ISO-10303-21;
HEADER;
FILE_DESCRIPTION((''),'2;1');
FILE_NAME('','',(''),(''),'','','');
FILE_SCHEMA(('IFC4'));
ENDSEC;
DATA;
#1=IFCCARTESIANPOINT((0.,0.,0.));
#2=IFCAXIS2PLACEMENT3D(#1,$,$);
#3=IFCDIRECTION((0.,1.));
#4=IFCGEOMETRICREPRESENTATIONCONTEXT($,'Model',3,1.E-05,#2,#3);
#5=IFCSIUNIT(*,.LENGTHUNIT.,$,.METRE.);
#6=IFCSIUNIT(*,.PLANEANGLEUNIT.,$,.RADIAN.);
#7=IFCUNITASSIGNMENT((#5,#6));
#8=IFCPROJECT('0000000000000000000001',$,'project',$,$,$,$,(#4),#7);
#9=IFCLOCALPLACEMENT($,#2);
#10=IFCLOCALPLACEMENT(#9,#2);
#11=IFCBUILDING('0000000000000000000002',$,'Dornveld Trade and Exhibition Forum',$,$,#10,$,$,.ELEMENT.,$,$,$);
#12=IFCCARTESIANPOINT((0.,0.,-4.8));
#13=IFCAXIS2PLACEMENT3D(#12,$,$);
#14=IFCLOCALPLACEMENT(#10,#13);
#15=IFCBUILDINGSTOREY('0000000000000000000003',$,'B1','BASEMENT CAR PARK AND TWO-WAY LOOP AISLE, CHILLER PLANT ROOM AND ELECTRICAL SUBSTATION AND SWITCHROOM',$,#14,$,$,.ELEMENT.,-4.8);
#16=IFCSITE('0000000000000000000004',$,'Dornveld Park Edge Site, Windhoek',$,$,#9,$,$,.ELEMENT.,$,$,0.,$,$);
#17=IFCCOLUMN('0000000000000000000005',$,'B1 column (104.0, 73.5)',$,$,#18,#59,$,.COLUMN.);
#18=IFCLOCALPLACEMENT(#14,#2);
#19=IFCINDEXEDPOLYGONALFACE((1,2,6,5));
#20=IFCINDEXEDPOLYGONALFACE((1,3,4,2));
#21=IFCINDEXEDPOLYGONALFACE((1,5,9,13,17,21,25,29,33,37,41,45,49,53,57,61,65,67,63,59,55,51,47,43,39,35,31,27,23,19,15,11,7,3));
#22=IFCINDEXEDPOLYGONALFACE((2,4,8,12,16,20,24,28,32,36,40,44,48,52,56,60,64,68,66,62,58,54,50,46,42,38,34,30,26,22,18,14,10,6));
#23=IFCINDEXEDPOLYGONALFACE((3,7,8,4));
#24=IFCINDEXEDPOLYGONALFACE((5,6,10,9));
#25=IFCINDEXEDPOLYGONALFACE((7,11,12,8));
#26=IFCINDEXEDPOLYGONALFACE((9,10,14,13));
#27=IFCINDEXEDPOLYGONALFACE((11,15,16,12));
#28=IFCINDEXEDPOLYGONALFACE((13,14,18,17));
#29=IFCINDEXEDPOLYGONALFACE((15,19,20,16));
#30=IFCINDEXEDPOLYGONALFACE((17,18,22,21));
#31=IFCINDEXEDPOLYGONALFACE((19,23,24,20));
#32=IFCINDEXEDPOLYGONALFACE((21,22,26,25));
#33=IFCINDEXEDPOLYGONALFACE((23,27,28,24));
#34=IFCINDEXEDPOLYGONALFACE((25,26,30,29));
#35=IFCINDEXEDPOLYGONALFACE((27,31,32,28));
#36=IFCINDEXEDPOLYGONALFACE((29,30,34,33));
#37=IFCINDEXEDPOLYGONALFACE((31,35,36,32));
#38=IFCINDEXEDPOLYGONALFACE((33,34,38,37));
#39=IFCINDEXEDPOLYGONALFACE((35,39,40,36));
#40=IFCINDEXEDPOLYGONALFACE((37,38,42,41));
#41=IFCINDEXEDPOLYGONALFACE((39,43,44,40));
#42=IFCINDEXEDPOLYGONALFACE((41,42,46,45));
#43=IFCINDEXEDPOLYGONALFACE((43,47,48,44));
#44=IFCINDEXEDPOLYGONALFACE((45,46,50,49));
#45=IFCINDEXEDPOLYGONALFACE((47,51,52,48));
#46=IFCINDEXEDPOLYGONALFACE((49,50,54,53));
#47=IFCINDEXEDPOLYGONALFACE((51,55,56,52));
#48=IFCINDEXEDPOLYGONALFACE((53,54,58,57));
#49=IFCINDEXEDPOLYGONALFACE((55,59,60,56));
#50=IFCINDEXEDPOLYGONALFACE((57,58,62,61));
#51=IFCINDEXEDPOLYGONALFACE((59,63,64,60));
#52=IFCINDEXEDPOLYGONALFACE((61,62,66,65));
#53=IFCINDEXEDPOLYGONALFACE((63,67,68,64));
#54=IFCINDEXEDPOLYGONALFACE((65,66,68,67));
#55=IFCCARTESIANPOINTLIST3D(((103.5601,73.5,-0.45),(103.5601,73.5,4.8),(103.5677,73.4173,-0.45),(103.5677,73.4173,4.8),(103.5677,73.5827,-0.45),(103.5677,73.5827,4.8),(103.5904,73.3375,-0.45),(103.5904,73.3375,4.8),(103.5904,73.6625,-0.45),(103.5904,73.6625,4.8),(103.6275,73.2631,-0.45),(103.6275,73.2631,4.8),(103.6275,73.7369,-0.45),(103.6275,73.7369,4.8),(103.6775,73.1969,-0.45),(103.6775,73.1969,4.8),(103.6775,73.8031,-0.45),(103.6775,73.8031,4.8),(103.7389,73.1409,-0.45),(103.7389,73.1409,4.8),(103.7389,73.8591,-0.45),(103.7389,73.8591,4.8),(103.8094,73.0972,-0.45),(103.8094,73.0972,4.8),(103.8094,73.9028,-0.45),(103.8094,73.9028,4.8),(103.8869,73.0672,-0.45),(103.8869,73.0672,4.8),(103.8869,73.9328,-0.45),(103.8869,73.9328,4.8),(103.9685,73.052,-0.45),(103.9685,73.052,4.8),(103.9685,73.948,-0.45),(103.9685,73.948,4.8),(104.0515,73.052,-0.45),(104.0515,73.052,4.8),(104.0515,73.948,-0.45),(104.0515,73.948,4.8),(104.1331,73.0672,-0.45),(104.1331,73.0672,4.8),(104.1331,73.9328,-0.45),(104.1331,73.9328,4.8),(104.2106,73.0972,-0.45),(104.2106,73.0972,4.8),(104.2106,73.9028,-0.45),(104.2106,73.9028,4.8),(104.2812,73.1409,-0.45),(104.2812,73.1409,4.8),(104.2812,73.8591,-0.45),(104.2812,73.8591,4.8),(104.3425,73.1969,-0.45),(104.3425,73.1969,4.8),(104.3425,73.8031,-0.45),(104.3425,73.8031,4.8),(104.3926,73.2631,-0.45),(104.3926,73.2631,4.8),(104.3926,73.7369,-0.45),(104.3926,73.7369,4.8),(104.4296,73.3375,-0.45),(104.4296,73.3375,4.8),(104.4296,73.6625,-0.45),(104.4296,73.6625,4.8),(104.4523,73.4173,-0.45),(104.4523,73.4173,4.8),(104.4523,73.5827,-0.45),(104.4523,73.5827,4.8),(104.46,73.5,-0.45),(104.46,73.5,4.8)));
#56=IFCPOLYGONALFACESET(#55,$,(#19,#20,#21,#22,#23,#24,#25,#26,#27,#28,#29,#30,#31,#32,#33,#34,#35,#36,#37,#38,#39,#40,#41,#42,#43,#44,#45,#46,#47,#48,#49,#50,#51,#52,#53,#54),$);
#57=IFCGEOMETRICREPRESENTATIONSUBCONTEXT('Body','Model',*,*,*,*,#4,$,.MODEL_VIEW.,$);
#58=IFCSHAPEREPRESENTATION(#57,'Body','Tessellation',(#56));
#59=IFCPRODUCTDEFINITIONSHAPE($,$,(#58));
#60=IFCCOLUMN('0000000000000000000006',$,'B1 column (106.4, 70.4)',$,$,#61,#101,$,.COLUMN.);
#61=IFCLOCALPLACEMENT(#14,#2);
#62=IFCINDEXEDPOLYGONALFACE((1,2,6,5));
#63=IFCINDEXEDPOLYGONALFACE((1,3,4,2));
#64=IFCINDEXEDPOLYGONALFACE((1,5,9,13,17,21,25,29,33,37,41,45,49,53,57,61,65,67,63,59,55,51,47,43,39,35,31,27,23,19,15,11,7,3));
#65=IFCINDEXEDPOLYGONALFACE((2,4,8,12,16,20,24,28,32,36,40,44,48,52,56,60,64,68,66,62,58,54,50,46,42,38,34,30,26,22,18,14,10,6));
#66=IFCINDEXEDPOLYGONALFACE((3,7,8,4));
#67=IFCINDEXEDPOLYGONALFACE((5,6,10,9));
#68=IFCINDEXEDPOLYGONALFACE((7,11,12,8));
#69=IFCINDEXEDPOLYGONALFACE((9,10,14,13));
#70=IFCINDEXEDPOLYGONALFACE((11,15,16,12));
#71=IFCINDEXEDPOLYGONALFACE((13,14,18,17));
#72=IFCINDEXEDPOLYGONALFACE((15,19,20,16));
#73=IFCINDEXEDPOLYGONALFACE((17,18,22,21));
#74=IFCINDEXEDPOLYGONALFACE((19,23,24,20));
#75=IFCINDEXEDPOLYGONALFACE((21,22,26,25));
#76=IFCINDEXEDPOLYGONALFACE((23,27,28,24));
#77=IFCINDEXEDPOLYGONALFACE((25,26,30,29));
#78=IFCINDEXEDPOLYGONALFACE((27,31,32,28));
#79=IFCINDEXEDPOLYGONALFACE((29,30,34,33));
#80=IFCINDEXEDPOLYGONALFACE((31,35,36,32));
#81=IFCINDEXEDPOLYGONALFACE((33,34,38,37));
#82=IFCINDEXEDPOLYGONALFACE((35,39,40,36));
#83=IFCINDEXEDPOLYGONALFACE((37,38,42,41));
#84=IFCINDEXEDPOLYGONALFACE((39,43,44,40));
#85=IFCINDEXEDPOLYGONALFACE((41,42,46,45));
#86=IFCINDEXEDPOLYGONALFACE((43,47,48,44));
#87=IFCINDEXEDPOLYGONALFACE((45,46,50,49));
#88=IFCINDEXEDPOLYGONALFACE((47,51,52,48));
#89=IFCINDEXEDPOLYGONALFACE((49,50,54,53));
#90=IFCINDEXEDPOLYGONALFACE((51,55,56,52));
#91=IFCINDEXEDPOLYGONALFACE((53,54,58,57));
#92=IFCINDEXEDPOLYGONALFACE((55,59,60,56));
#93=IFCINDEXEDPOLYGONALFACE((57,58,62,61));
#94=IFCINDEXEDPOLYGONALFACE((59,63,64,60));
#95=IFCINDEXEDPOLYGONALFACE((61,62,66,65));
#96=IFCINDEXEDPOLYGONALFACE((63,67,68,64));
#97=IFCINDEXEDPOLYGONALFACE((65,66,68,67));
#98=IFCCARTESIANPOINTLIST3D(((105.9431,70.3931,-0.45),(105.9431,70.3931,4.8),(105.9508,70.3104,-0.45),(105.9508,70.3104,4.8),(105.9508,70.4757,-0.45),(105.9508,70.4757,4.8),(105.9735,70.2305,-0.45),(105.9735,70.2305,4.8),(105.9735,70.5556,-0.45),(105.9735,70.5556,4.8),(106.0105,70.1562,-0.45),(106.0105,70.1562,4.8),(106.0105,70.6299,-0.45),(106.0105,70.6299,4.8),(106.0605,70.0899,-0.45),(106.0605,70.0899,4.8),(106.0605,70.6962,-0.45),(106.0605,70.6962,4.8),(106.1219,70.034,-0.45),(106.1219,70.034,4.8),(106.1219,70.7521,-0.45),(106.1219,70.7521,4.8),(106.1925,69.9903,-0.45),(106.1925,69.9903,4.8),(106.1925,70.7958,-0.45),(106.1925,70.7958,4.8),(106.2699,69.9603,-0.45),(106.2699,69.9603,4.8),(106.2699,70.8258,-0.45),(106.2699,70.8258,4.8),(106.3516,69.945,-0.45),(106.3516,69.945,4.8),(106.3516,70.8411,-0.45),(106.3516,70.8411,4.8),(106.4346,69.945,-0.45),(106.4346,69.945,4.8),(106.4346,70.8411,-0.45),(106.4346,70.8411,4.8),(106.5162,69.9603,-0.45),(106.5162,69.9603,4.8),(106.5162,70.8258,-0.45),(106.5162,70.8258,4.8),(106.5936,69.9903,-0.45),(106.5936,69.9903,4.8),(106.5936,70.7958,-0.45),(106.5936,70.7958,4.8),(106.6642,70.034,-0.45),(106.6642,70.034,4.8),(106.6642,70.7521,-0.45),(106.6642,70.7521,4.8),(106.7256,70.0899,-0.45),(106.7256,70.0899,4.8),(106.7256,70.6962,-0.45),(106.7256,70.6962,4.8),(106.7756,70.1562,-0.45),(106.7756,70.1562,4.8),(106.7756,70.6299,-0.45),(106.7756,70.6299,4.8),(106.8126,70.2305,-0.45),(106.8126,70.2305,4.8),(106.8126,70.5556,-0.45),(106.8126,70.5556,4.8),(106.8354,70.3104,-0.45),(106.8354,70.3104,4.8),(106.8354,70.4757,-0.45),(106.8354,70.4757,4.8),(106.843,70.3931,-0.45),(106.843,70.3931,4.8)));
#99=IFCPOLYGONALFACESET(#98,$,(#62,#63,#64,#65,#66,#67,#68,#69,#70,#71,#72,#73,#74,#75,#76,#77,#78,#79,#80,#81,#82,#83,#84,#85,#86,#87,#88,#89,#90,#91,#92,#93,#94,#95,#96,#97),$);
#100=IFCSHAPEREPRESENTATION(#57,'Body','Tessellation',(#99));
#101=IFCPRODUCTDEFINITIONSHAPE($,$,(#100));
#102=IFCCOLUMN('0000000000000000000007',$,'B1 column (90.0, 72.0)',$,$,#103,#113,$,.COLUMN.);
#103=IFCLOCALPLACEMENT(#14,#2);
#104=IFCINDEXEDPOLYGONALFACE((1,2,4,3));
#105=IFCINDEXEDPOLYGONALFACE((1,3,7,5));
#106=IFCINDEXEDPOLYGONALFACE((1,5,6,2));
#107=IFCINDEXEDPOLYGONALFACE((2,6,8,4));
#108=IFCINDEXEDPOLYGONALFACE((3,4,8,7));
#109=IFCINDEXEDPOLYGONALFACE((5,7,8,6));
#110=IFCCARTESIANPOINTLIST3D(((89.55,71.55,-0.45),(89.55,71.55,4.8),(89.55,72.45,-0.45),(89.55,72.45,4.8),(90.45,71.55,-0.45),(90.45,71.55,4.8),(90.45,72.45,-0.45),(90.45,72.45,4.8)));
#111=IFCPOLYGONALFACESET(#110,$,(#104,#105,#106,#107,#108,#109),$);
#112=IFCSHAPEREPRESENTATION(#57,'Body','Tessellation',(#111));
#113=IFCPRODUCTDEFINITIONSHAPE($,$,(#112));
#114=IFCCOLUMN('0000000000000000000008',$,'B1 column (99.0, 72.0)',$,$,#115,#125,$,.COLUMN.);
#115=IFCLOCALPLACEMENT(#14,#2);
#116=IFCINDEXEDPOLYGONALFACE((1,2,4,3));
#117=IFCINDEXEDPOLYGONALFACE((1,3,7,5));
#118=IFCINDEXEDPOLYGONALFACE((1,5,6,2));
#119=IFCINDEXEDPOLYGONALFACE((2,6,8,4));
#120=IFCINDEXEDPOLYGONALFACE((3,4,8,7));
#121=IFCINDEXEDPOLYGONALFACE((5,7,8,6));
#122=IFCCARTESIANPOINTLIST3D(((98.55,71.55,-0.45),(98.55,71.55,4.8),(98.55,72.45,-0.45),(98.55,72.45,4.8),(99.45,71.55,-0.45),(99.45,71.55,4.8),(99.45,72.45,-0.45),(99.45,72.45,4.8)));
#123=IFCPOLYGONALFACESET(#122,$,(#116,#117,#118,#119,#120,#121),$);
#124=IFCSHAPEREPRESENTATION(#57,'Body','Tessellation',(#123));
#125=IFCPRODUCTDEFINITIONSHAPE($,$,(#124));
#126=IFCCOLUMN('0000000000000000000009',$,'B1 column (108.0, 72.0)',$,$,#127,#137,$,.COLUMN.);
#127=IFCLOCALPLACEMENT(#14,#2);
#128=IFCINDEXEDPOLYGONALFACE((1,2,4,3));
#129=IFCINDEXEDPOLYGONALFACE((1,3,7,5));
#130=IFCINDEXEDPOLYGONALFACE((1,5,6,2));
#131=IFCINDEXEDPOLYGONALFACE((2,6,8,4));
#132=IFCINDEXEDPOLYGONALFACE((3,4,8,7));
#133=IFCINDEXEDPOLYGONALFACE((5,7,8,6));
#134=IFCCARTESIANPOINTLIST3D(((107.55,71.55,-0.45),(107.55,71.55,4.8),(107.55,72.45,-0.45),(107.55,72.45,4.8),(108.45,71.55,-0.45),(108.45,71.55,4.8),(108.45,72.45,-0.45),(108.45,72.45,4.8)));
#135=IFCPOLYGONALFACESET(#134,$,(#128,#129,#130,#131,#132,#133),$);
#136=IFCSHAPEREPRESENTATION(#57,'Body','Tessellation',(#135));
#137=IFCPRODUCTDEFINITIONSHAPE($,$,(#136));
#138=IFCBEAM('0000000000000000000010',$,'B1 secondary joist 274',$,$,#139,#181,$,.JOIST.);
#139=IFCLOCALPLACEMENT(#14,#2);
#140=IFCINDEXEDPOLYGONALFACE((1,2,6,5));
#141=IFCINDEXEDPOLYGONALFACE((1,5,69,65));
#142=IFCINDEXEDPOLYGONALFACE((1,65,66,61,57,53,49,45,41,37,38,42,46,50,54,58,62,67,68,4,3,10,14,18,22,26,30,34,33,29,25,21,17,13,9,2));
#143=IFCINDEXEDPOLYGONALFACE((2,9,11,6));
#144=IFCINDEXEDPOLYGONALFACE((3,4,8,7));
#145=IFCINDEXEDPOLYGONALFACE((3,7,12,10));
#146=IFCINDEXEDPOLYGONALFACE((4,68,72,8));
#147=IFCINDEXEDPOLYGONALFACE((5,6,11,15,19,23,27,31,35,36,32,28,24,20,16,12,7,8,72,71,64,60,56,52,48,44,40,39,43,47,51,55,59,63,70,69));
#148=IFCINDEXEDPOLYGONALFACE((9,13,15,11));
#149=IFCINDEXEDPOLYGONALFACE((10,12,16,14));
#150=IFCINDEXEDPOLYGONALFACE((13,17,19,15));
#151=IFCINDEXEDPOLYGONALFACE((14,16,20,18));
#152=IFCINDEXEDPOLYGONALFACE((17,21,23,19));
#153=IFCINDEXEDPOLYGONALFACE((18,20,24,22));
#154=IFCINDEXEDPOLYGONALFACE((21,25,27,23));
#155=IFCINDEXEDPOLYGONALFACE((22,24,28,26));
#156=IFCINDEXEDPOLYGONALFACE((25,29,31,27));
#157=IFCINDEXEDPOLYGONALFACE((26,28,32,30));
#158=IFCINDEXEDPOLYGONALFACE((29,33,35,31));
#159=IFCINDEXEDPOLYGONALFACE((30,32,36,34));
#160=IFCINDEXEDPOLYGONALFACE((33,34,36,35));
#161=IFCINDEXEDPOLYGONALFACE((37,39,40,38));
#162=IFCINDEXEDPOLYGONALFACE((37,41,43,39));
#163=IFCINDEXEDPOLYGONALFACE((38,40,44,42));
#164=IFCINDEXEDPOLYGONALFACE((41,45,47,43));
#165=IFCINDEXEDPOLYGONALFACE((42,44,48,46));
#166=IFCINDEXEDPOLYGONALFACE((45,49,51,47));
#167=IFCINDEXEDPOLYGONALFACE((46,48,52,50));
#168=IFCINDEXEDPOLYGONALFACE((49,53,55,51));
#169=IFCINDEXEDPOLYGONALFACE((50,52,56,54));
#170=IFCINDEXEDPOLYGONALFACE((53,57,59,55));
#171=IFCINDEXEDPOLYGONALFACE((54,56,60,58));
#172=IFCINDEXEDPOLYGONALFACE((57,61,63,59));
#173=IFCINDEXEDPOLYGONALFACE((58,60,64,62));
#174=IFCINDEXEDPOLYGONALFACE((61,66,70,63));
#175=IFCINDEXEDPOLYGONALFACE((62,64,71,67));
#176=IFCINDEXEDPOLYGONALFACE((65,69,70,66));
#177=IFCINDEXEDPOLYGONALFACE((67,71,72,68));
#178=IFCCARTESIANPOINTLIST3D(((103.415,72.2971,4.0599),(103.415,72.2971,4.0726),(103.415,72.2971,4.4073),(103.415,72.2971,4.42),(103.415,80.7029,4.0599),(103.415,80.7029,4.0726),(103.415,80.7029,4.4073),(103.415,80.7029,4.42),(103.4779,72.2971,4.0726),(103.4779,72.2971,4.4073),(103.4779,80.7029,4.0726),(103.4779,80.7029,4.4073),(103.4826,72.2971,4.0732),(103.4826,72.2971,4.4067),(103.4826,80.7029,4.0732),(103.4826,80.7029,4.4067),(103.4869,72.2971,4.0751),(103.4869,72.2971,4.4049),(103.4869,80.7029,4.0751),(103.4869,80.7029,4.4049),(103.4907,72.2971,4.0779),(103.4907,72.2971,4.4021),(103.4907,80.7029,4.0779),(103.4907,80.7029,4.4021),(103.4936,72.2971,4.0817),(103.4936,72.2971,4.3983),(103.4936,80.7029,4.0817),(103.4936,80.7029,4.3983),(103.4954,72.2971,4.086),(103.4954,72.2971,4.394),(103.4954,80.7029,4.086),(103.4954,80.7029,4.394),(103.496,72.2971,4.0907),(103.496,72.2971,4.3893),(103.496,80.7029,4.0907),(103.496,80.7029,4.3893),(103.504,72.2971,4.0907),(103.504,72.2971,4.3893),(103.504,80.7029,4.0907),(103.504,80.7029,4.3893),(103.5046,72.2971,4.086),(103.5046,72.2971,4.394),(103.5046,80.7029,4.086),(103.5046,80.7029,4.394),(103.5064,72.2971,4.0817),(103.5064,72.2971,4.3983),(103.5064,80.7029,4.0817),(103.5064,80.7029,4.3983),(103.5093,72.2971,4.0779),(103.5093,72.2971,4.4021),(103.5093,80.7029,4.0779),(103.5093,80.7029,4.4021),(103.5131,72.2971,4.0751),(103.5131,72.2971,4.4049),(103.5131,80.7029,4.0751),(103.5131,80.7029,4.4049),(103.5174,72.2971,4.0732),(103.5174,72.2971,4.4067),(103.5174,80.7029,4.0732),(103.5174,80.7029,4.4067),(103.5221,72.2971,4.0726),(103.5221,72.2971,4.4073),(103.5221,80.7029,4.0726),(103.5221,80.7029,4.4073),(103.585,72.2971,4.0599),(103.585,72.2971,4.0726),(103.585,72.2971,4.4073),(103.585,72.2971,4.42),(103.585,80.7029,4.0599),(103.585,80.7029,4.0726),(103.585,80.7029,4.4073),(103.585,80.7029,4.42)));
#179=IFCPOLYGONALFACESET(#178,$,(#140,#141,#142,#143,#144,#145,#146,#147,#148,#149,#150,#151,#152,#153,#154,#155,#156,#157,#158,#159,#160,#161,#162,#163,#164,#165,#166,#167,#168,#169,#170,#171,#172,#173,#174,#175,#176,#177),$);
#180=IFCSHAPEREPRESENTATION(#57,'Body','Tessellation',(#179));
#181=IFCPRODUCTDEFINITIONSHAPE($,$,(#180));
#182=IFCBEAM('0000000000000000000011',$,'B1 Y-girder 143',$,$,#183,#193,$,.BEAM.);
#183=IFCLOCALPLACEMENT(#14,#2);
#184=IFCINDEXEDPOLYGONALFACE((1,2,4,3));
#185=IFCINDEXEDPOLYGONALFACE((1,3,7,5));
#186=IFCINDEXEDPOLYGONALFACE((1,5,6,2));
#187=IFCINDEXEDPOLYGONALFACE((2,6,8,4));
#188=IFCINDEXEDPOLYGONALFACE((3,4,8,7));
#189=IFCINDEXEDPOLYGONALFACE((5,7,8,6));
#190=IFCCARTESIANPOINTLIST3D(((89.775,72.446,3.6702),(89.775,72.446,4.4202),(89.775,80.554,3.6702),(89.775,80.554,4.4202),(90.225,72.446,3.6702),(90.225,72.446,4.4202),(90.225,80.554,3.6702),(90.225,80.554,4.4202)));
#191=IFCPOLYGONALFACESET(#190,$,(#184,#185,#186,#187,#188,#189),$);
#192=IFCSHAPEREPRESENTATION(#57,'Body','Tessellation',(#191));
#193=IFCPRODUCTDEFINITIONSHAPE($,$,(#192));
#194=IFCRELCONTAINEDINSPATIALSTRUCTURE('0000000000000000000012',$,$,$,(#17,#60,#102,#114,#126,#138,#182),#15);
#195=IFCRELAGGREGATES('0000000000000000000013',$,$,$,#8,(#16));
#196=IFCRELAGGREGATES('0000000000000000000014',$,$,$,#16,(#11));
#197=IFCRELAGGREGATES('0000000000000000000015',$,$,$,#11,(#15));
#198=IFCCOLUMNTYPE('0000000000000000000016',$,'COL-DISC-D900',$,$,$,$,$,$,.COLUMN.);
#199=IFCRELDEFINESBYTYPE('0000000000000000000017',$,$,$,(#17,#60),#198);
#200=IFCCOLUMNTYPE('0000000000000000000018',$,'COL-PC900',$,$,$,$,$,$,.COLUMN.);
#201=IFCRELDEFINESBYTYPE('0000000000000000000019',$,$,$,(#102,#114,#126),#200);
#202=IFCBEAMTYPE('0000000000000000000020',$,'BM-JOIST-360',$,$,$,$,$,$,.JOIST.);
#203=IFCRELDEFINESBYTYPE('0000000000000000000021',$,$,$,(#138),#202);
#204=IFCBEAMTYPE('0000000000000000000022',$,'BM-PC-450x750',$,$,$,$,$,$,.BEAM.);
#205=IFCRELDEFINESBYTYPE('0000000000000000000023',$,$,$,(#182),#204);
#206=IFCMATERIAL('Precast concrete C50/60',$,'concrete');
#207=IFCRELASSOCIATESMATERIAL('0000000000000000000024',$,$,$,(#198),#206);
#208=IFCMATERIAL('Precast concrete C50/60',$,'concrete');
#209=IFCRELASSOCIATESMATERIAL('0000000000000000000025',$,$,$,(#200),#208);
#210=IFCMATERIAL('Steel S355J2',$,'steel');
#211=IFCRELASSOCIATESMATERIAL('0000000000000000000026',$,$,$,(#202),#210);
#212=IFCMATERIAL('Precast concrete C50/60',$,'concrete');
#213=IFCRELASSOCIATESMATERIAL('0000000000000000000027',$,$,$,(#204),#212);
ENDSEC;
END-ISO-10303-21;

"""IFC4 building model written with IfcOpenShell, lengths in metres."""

from ifc_helpers import new_model, si_unit, direction, frame, origin, origin_2d, place, context, subcontext, project, spatial, rectangle, circle, i_section, extrude, material, material_profile, profile_set, type_object, element, save


model = new_model("IFC4")

# Units and contexts
model_context = context("Model", 3, precision=1e-05, world=origin(), true_north=direction((0.0, 1.0)))
body_context = subcontext(model_context, "Body", "Model", "MODEL_VIEW")
ifc_project = project(units=[si_unit("LENGTHUNIT", "METRE"), si_unit("PLANEANGLEUNIT", "RADIAN")], contexts=[model_context])

# Site, building, storey
site_placement = place(None, origin())
site = spatial("IfcSite", under=ifc_project, at=site_placement, Name="Dornveld Park Edge Site, Windhoek", CompositionType="ELEMENT", RefElevation=0.0)
building_placement = place(site_placement, origin())
building = spatial("IfcBuilding", under=site, at=building_placement, Name="Dornveld Trade and Exhibition Forum", CompositionType="ELEMENT")
storey_placement = place(building_placement, frame((0.0, 0.0, -4.8)))
storey = spatial("IfcBuildingStorey", under=building, at=storey_placement, Name="B1", Description="BASEMENT CAR PARK AND TWO-WAY LOOP AISLE, CHILLER PLANT ROOM AND ELECTRICAL SUBSTATION AND SWITCHROOM", CompositionType="ELEMENT", Elevation=-4.8)

# Columns
ifc_material_1 = material(Name="Precast concrete C50/60", Category="concrete")
ifc_material_profile_1 = material_profile(ifc_material_1, circle(Radius=0.45, at=origin_2d()), Name="PC-COL D900")
ifc_profile_set_1 = profile_set([ifc_material_profile_1], Name="Precast concrete C50/60")
column_type_1 = type_object("IfcColumnType", Name="COL-DISC-D900", PredefinedType="COLUMN", material=ifc_profile_set_1)
for number, where, z_axis, x_axis, name in (
    (1, (104.01, 73.5, -0.45), (0.0, 0.0, 1.0), (1.0, 0.0, 0.0), "B1 column (104.0, 73.5)"),
    (2, (106.3931, 70.3931, -0.45), (0.0, 0.0, 1.0), (1.0, 0.0, 0.0), "B1 column (106.4, 70.4)"),
):
    element("IfcColumn", number, at=place(storey_placement, frame(where, z_axis=z_axis, x_axis=x_axis)), inside=storey, type_object=column_type_1, Name=name, PredefinedType="COLUMN", context=body_context, shape_type="SweptSolid", body=[
        extrude(circle(Radius=0.45, at=origin_2d()), origin(), (0.0, 0.0, 1.0), 5.25),
    ])
ifc_material_2 = material(Name="Precast concrete C50/60", Category="concrete")
ifc_material_profile_2 = material_profile(ifc_material_2, rectangle(XDim=0.8999, YDim=0.8999, at=origin_2d()), Name="PC-COL 900x900")
ifc_profile_set_2 = profile_set([ifc_material_profile_2], Name="Precast concrete C50/60")
column_type_2 = type_object("IfcColumnType", Name="COL-PC900", PredefinedType="COLUMN", material=ifc_profile_set_2)
for number, where, z_axis, x_axis, name in (
    (3, (90.0, 72.0, -0.45), (0.0, 0.0, 1.0), (1.0, 0.0, 0.0), "B1 column (90.0, 72.0)"),
    (4, (99.0, 72.0, -0.45), (0.0, 0.0, 1.0), (1.0, 0.0, 0.0), "B1 column (99.0, 72.0)"),
    (5, (108.0, 72.0, -0.45), (0.0, 0.0, 1.0), (1.0, 0.0, 0.0), "B1 column (108.0, 72.0)"),
):
    element("IfcColumn", number, at=place(storey_placement, frame(where, z_axis=z_axis, x_axis=x_axis)), inside=storey, type_object=column_type_2, Name=name, PredefinedType="COLUMN", context=body_context, shape_type="SweptSolid", body=[
        extrude(rectangle(XDim=0.8999, YDim=0.8999, at=origin_2d()), origin(), (0.0, 0.0, 1.0), 5.25),
    ])

# Beams
ifc_material_3 = material(Name="Steel S355J2", Category="steel")
ifc_material_profile_3 = material_profile(ifc_material_3, i_section(OverallWidth=0.1699, OverallDepth=0.3601, WebThickness=0.0081, FlangeThickness=0.0127, FilletRadius=0.0181, at=origin_2d()), Name="IPE 360")
ifc_profile_set_3 = profile_set([ifc_material_profile_3], Name="Steel S355J2")
beam_type_1 = type_object("IfcBeamType", Name="BM-JOIST-360", PredefinedType="JOIST", material=ifc_profile_set_3)
beam_1_placement = place(storey_placement, frame((103.5, 72.2971, 4.24), z_axis=(0.0, 1.0, 0.0), x_axis=(-1.0, 0.0, 0.0)))
element("IfcBeam", 6, at=beam_1_placement, inside=storey, type_object=beam_type_1, Name="B1 secondary joist 274", PredefinedType="JOIST", context=body_context, shape_type="SweptSolid", body=[
    extrude(i_section(OverallWidth=0.1699, OverallDepth=0.3601, WebThickness=0.0081, FlangeThickness=0.0127, FilletRadius=0.0181, at=origin_2d()), origin(), (0.0, 0.0, 1.0), 8.4058),
])
ifc_material_4 = material(Name="Precast concrete C50/60", Category="concrete")
ifc_material_profile_4 = material_profile(ifc_material_4, rectangle(XDim=0.45, YDim=0.75, at=origin_2d()), Name="PC-BM 450x750")
ifc_profile_set_4 = profile_set([ifc_material_profile_4], Name="Precast concrete C50/60")
beam_type_2 = type_object("IfcBeamType", Name="BM-PC-450x750", PredefinedType="BEAM", material=ifc_profile_set_4)
for number, where, z_axis, x_axis, name in (
    (7, (90.0, 72.446, 4.0452), (0.0, 1.0, 0.0), (-1.0, 0.0, 0.0), "B1 Y-girder 143"),
):
    element("IfcBeam", number, at=place(storey_placement, frame(where, z_axis=z_axis, x_axis=x_axis)), inside=storey, type_object=beam_type_2, Name=name, PredefinedType="BEAM", context=body_context, shape_type="SweptSolid", body=[
        extrude(rectangle(XDim=0.45, YDim=0.75, at=origin_2d()), origin(), (0.0, 0.0, 1.0), 8.1079),
    ])

save(model, "model.ifc")
